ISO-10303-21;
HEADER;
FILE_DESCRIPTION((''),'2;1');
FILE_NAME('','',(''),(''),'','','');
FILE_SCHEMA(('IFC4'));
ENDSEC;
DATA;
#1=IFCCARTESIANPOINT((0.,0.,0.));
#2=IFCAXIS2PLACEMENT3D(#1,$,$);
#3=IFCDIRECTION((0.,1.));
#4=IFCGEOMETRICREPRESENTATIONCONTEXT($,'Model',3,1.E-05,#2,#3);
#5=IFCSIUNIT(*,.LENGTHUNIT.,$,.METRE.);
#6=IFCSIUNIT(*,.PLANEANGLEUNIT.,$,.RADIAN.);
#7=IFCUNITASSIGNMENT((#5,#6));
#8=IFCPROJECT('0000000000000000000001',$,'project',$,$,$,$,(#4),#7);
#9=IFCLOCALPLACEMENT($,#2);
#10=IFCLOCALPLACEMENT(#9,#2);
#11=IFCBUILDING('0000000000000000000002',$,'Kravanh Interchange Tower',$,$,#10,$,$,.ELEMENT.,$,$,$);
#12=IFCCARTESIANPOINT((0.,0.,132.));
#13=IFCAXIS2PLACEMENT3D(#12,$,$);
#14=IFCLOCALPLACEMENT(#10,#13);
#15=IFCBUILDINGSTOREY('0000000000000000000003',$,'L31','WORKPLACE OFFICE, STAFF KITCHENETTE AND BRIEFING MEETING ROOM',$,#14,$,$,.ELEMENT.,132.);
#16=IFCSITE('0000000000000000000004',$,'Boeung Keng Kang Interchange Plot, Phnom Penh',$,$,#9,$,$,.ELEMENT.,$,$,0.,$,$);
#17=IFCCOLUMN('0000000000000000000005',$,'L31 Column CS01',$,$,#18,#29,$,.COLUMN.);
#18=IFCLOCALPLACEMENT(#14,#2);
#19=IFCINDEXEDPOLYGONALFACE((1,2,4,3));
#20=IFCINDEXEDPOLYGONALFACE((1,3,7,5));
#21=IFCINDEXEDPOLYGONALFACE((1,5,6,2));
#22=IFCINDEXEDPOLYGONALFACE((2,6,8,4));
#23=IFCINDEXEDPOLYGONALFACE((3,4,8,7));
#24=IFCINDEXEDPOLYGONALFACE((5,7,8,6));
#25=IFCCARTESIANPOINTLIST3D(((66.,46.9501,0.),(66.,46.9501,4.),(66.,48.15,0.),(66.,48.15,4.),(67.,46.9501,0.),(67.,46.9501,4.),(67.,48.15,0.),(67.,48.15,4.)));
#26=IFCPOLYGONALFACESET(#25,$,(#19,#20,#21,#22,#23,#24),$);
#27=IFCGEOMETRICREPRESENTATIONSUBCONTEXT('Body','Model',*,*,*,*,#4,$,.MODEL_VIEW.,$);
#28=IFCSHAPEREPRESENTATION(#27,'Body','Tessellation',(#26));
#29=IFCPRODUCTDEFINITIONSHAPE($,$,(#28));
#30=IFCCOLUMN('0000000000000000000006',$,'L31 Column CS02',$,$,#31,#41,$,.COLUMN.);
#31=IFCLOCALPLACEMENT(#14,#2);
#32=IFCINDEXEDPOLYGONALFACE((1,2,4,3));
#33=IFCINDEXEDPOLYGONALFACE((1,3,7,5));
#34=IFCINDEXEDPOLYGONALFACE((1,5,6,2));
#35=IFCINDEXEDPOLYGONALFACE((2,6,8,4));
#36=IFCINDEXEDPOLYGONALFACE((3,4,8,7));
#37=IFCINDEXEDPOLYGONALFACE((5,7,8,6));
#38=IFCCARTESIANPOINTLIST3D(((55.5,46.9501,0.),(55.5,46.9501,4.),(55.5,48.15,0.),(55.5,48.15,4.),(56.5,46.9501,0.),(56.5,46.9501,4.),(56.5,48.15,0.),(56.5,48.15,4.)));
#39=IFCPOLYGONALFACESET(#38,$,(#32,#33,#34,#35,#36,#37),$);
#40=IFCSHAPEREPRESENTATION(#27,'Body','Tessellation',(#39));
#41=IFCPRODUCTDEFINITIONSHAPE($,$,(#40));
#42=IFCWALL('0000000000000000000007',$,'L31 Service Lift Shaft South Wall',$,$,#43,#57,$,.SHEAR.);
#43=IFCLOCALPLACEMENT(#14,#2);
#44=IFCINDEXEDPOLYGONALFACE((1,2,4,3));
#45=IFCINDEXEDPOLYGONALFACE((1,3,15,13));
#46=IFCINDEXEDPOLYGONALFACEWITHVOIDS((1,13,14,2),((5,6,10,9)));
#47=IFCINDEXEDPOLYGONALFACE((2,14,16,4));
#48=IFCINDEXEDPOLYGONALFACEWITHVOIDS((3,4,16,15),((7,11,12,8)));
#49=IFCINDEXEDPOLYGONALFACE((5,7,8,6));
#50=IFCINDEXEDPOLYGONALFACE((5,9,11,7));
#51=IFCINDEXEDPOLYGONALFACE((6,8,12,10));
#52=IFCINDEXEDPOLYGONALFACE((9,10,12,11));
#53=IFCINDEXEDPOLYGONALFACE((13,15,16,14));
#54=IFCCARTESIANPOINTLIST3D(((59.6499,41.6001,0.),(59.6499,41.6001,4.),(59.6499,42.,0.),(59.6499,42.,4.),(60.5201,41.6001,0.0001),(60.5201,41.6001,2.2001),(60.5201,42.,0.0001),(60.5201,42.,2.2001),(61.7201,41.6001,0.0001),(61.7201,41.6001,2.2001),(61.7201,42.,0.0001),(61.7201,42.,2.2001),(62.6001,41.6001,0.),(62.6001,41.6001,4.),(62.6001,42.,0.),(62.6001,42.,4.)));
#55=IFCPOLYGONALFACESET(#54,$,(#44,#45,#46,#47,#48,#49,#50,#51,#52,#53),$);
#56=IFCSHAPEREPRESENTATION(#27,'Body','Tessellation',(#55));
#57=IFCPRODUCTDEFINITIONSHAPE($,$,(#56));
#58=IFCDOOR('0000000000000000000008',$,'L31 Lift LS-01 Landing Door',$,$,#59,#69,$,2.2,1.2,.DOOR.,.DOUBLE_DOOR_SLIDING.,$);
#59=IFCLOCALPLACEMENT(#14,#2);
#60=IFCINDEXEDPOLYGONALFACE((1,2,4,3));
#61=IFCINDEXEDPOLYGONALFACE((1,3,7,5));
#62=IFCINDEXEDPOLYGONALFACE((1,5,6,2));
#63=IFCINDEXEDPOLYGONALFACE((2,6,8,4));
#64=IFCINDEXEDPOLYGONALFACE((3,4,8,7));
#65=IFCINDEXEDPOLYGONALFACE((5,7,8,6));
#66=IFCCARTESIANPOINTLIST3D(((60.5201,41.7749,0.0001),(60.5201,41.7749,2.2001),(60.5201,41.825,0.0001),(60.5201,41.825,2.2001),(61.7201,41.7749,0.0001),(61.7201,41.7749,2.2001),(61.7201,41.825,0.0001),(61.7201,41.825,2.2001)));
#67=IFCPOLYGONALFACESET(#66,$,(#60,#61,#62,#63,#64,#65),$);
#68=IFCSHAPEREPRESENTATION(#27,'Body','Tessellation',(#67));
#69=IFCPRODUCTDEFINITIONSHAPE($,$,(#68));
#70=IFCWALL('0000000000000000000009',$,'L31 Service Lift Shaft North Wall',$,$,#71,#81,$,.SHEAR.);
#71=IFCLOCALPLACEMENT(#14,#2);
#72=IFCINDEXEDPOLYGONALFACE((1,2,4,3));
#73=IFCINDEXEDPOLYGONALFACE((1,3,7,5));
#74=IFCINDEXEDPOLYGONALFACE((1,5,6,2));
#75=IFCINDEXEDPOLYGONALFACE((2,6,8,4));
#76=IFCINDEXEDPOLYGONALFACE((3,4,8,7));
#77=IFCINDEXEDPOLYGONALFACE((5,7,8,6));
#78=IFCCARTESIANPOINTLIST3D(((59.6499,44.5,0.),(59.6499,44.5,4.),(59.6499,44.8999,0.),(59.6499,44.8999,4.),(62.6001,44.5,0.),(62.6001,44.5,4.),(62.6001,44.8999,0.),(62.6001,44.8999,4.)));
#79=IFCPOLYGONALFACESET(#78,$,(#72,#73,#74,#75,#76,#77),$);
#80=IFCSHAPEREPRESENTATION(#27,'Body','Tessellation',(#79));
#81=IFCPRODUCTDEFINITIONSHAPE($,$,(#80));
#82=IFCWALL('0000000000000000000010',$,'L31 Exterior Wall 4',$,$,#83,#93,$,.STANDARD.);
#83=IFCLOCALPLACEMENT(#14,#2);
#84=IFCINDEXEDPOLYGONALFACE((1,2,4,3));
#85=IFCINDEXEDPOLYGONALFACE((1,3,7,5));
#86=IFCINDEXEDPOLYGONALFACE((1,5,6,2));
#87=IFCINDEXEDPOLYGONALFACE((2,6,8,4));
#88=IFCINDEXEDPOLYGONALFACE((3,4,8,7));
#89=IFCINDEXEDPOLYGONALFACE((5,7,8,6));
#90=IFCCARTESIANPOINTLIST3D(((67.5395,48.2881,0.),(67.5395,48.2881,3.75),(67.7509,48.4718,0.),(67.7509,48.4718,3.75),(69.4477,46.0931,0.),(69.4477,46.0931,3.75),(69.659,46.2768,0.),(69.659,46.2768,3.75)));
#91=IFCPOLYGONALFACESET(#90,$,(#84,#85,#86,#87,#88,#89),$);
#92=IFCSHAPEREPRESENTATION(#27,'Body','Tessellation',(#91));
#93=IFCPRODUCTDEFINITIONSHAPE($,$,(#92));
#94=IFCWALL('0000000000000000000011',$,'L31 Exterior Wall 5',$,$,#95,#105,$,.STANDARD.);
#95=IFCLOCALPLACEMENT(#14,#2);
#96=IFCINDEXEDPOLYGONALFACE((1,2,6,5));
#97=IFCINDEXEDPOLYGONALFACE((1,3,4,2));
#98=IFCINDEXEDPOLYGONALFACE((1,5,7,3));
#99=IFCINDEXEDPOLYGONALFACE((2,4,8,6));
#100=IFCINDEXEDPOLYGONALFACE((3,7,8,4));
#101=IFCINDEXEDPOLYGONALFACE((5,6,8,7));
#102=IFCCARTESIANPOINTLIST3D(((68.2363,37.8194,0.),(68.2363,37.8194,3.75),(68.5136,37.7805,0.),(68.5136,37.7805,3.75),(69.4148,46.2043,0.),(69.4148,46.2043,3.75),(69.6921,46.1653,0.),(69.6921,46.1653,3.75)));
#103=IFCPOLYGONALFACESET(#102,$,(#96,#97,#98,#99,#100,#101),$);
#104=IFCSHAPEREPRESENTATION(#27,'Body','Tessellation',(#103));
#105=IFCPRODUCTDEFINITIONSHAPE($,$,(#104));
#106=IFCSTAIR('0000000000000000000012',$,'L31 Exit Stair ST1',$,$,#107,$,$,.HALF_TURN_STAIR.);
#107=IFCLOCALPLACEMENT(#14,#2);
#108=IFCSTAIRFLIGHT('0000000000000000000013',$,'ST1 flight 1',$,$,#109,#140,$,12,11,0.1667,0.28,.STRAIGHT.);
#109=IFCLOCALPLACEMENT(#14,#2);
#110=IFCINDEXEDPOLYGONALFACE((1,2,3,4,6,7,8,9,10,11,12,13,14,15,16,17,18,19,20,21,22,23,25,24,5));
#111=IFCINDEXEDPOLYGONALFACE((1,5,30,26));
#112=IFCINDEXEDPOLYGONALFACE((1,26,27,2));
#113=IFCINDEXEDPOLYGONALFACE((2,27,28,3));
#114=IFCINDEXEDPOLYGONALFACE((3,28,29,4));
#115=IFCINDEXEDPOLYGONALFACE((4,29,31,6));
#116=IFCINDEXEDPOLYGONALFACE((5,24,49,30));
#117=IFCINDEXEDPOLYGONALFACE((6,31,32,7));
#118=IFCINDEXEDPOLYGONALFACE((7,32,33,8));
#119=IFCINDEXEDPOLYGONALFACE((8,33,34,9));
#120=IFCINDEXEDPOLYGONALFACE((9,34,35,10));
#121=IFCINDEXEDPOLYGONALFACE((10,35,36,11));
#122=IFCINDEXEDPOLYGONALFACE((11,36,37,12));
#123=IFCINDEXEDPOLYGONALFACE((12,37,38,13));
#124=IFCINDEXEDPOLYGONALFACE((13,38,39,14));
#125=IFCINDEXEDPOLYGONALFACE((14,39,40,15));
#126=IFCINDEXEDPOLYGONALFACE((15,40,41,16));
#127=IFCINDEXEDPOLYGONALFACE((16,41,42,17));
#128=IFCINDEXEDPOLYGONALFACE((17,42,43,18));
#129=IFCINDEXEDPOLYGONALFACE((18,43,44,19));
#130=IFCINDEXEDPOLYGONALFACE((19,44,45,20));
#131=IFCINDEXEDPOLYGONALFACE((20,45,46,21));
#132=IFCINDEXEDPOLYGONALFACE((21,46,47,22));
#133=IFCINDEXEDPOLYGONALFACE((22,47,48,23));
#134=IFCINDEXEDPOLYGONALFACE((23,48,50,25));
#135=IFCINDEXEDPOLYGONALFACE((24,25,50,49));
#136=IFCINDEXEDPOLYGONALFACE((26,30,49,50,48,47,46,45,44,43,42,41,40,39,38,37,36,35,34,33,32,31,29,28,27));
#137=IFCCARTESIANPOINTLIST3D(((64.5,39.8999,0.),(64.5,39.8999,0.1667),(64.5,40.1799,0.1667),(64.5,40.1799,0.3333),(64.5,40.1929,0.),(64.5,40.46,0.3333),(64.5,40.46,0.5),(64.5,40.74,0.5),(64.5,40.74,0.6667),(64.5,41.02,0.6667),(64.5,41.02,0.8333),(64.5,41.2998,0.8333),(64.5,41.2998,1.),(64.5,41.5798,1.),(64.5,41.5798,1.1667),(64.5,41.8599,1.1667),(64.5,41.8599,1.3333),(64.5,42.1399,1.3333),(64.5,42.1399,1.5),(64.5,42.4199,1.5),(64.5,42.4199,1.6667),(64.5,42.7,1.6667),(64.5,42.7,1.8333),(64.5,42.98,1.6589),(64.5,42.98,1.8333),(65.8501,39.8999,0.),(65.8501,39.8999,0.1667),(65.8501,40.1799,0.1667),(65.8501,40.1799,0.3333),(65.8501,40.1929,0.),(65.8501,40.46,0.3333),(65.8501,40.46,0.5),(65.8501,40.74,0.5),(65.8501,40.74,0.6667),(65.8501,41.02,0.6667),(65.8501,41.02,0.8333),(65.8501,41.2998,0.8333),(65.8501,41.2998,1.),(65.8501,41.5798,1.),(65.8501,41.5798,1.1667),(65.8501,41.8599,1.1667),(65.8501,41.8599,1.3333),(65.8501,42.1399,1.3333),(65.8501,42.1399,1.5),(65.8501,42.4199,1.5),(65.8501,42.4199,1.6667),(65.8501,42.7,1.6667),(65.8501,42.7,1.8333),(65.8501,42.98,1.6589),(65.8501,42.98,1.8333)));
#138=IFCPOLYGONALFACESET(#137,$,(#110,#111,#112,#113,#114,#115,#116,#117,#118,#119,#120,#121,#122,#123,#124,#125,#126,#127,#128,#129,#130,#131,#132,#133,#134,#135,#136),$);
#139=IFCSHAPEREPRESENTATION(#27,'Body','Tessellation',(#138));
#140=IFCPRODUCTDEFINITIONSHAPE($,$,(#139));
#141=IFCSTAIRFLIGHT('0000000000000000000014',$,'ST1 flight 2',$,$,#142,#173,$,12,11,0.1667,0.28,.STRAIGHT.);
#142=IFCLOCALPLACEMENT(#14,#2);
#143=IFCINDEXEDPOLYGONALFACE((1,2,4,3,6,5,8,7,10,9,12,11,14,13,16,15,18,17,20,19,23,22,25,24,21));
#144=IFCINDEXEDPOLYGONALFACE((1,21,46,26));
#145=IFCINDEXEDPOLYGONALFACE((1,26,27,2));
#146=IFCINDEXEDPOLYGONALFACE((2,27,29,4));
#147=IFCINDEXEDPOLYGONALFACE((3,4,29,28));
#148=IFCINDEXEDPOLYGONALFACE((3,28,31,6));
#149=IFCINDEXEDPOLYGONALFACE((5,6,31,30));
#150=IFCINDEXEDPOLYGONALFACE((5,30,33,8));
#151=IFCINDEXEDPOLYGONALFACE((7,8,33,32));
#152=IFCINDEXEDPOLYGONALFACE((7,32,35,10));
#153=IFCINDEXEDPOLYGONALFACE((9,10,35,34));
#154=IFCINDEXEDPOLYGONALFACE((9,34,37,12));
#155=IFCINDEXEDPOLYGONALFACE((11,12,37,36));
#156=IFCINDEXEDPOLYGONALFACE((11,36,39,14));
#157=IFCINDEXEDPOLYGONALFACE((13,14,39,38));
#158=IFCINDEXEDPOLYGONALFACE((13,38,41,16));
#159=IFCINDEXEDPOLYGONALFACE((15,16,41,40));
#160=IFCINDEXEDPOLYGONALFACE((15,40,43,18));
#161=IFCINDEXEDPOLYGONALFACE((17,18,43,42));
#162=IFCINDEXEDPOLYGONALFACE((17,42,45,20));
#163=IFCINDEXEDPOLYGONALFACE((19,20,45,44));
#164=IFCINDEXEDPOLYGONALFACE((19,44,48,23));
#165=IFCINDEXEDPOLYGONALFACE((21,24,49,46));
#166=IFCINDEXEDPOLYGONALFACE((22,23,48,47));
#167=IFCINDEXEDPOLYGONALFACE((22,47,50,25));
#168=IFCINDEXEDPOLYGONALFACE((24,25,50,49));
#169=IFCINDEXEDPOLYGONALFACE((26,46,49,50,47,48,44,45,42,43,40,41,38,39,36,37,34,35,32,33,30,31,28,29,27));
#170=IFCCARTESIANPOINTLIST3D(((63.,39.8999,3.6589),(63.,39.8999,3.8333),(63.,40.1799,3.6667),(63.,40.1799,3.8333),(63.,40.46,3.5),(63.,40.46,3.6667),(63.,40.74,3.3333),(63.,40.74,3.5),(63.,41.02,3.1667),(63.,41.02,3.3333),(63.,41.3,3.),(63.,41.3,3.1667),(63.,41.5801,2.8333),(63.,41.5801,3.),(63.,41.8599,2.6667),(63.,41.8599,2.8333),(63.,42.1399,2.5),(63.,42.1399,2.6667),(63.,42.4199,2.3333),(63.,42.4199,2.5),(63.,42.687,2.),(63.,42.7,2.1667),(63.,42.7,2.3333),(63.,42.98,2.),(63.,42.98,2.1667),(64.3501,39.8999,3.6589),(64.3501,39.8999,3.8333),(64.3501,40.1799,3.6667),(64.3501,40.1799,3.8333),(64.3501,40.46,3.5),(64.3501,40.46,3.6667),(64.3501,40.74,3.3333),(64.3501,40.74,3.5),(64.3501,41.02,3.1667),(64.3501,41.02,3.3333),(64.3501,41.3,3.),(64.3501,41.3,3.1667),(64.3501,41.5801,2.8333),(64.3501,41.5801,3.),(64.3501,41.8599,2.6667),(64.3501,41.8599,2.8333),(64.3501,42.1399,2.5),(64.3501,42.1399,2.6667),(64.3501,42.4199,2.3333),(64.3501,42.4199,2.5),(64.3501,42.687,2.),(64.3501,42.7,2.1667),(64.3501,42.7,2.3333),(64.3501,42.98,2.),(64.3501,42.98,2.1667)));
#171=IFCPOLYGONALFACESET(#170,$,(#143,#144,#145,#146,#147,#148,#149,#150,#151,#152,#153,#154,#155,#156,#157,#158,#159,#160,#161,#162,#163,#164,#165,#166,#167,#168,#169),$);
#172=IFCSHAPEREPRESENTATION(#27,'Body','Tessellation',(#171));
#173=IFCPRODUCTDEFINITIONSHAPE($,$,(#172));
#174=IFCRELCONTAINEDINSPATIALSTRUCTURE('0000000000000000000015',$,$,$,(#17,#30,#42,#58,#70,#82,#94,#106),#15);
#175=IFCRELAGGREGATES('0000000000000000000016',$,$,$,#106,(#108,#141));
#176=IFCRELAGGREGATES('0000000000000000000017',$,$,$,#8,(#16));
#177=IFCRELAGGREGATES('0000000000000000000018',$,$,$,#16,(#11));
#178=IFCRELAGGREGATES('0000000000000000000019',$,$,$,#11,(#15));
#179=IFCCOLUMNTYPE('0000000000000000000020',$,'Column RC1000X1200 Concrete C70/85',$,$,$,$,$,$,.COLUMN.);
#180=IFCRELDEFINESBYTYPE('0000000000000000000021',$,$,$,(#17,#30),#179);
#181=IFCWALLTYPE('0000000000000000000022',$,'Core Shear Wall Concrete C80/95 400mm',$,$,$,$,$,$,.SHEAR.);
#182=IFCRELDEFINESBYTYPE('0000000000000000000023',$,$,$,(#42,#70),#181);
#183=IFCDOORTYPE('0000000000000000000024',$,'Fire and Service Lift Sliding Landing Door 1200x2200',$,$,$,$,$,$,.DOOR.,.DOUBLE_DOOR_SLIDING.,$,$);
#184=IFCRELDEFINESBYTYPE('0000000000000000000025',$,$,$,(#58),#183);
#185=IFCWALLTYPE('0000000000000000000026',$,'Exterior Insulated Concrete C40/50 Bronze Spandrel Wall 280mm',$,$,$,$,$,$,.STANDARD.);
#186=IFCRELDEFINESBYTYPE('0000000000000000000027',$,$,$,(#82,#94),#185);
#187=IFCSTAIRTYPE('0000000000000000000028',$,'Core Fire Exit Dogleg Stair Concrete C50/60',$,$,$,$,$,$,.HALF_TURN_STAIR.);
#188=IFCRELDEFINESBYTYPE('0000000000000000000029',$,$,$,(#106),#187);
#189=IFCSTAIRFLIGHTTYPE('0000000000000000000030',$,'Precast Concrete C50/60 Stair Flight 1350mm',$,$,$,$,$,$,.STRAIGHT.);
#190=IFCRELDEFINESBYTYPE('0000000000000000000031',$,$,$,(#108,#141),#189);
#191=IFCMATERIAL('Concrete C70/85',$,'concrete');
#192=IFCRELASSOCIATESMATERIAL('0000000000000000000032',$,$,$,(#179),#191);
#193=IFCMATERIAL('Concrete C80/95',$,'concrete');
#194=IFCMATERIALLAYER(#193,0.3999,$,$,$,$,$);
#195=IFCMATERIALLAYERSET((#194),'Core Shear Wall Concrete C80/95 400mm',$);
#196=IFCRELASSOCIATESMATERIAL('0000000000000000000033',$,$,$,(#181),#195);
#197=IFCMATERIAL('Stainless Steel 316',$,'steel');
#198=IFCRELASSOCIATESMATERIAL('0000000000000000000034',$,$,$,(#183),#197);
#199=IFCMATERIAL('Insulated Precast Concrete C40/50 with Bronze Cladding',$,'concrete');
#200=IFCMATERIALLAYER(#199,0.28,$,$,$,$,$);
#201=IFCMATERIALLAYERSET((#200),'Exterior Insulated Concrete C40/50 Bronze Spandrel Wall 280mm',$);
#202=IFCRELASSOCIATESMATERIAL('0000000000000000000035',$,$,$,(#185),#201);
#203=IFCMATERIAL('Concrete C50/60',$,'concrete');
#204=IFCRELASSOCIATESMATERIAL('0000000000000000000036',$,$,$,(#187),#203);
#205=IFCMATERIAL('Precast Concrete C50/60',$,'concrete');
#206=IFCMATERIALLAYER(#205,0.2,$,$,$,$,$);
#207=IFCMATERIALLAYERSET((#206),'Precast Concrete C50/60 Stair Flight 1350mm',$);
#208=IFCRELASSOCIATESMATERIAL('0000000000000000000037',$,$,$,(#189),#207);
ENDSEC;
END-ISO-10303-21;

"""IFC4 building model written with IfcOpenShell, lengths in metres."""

from ifc_helpers import new_model, si_unit, direction, frame, frame_2d, origin, origin_2d, place, context, subcontext, project, spatial, polyline, rectangle, outline, extrude, material, layer, layer_set, material_profile, profile_set, type_object, element, fill, aggregate, save


model = new_model("IFC4")

# Units and contexts
model_context = context("Model", 3, precision=1e-05, world=origin(), true_north=direction((0.0, 1.0)))
body_context = subcontext(model_context, "Body", "Model", "MODEL_VIEW")
ifc_project = project(units=[si_unit("LENGTHUNIT", "METRE"), si_unit("PLANEANGLEUNIT", "RADIAN")], contexts=[model_context])

# Site, building, storey
site_placement = place(None, origin())
site = spatial("IfcSite", under=ifc_project, at=site_placement, Name="Boeung Keng Kang Interchange Plot, Phnom Penh", CompositionType="ELEMENT", RefElevation=0.0)
building_placement = place(site_placement, origin())
building = spatial("IfcBuilding", under=site, at=building_placement, Name="Kravanh Interchange Tower", CompositionType="ELEMENT")
storey_placement = place(building_placement, frame((0.0, 0.0, 132.0)))
storey = spatial("IfcBuildingStorey", under=building, at=storey_placement, Name="L31", Description="WORKPLACE OFFICE, STAFF KITCHENETTE AND BRIEFING MEETING ROOM", CompositionType="ELEMENT", Elevation=132.0)

# Columns
ifc_material_1 = material(Name="Concrete C70/85", Category="concrete")
ifc_material_profile = material_profile(ifc_material_1, rectangle(XDim=1.0, YDim=1.2, at=origin_2d()), Name="RC1000X1200")
ifc_profile_set = profile_set([ifc_material_profile], Name="Concrete C70/85")
column_type = type_object("IfcColumnType", Name="Column RC1000X1200 Concrete C70/85", PredefinedType="COLUMN", material=ifc_profile_set)
for number, where, z_axis, x_axis, name in (
    (1, (66.5, 47.55, 0.0), (0.0, 0.0, 1.0), (1.0, 0.0, 0.0), "L31 Column CS01"),
    (2, (56.0, 47.55, 0.0), (0.0, 0.0, 1.0), (1.0, 0.0, 0.0), "L31 Column CS02"),
):
    element("IfcColumn", number, at=place(storey_placement, frame(where, z_axis=z_axis, x_axis=x_axis)), inside=storey, type_object=column_type, Name=name, PredefinedType="COLUMN", context=body_context, shape_type="SweptSolid", body=[
        extrude(rectangle(XDim=1.0, YDim=1.2, at=origin_2d()), origin(), (0.0, 0.0, 1.0), 4.0),
    ])

# Wall, opening, door
ifc_material_2 = material(Name="Concrete C80/95", Category="concrete")
ifc_layer_1 = layer(ifc_material_2, 0.3999)
ifc_layer_set_1 = layer_set([ifc_layer_1], Name="Core Shear Wall Concrete C80/95 400mm")
wall_type_1 = type_object("IfcWallType", Name="Core Shear Wall Concrete C80/95 400mm", PredefinedType="SHEAR", material=ifc_layer_set_1)
wall_1_placement = place(storey_placement, frame((59.6499, 41.8, 0.0), z_axis=(0.0, 0.0, 1.0), x_axis=(1.0, 0.0, 0.0)))
wall_1 = element("IfcWall", 3, at=wall_1_placement, inside=storey, type_object=wall_type_1, Name="L31 Service Lift Shaft South Wall", PredefinedType="SHEAR", context=body_context, shape_type="SweptSolid", body=[
    extrude(rectangle(XDim=2.9502, YDim=0.3999, at=frame_2d((1.4751, 0.0))), origin(), (0.0, 0.0, 1.0), 4.0),
])
opening_placement = place(wall_1_placement, frame((0.8701, 0.0, 0.0)))
opening = element("IfcOpeningElement", 4, at=opening_placement, cuts=wall_1, PredefinedType="OPENING", context=body_context, shape_type="SweptSolid", body=[
    extrude(rectangle(XDim=1.2, YDim=2.2, at=frame_2d((0.6001, 1.1001))), frame((0.0, 0.21, 0.0), z_axis=(0.0, -1.0, 0.0), x_axis=(1.0, 0.0, 0.0)), (0.0, 0.0, 1.0), 0.4199),
])
ifc_material_3 = material(Name="Stainless Steel 316", Category="steel")
door_type = type_object("IfcDoorType", Name="Fire and Service Lift Sliding Landing Door 1200x2200", OperationType="DOUBLE_DOOR_SLIDING", PredefinedType="DOOR", material=ifc_material_3)
door_placement = place(opening_placement, origin())
door = element("IfcDoor", 5, at=door_placement, inside=storey, type_object=door_type, Name="L31 Lift LS-01 Landing Door", OperationType="DOUBLE_DOOR_SLIDING", OverallHeight=2.2, OverallWidth=1.2, PredefinedType="DOOR", context=body_context, shape_type="SweptSolid", body=[
    extrude(rectangle(XDim=1.2, YDim=2.2, at=frame_2d((0.6001, 1.1001))), frame((0.0, 0.0249, 0.0), z_axis=(0.0, -1.0, 0.0), x_axis=(1.0, 0.0, 0.0)), (0.0, 0.0, 1.0), 0.05),
])
fill(opening, door)

# Walls
wall_2_placement = place(storey_placement, frame((59.6499, 44.7, 0.0), z_axis=(0.0, 0.0, 1.0), x_axis=(1.0, 0.0, 0.0)))
element("IfcWall", 6, at=wall_2_placement, inside=storey, type_object=wall_type_1, Name="L31 Service Lift Shaft North Wall", PredefinedType="SHEAR", context=body_context, shape_type="SweptSolid", body=[
    extrude(rectangle(XDim=2.9502, YDim=0.3999, at=frame_2d((1.4751, 0.0))), origin(), (0.0, 0.0, 1.0), 4.0),
])
ifc_material_4 = material(Name="Insulated Precast Concrete C40/50 with Bronze Cladding", Category="concrete")
ifc_layer_2 = layer(ifc_material_4, 0.28)
ifc_layer_set_2 = layer_set([ifc_layer_2], Name="Exterior Insulated Concrete C40/50 Bronze Spandrel Wall 280mm")
wall_type_2 = type_object("IfcWallType", Name="Exterior Insulated Concrete C40/50 Bronze Spandrel Wall 280mm", PredefinedType="STANDARD", material=ifc_layer_set_2)
wall_3_placement = place(storey_placement, frame((67.6453, 48.3799, 0.0), z_axis=(0.0, 0.0, 1.0), x_axis=(0.656071, -0.754699, 0.0)))
element("IfcWall", 7, at=wall_3_placement, inside=storey, type_object=wall_type_2, Name="L31 Exterior Wall 4", PredefinedType="STANDARD", context=body_context, shape_type="SweptSolid", body=[
    extrude(rectangle(XDim=2.9084, YDim=0.28, at=frame_2d((1.4541, 0.0))), origin(), (0.0, 0.0, 1.0), 3.75),
])
wall_4_placement = place(storey_placement, frame((69.5535, 46.1848, 0.0), z_axis=(0.0, 0.0, 1.0), x_axis=(-0.139181, -0.990267, 0.0)))
element("IfcWall", 8, at=wall_4_placement, inside=storey, type_object=wall_type_2, Name="L31 Exterior Wall 5", PredefinedType="STANDARD", context=body_context, shape_type="SweptSolid", body=[
    extrude(rectangle(XDim=8.4673, YDim=0.28, at=frame_2d((4.2336, 0.0))), origin(), (0.0, 0.0, 1.0), 3.75),
])

# Stair, stair flights
ifc_material_5 = material(Name="Concrete C50/60", Category="concrete")
stair_type = type_object("IfcStairType", Name="Core Fire Exit Dogleg Stair Concrete C50/60", PredefinedType="HALF_TURN_STAIR", material=ifc_material_5)
stair_1_placement = place(storey_placement, origin())
stair_1 = element("IfcStair", 9, at=stair_1_placement, inside=storey, type_object=stair_type, Name="L31 Exit Stair ST1", PredefinedType="HALF_TURN_STAIR")
ifc_material_6 = material(Name="Precast Concrete C50/60", Category="concrete")
ifc_layer_3 = layer(ifc_material_6, 0.2)
ifc_layer_set_3 = layer_set([ifc_layer_3], Name="Precast Concrete C50/60 Stair Flight 1350mm")
stair_flight_type = type_object("IfcStairFlightType", Name="Precast Concrete C50/60 Stair Flight 1350mm", PredefinedType="STRAIGHT", material=ifc_layer_set_3)
stair_flight_1_placement = place(storey_placement, frame((65.175, 39.8999, 0.0), z_axis=(0.0, 0.0, 1.0), x_axis=(0.0, 1.0, 0.0)))
stair_flight_1 = element("IfcStairFlight", 10, at=stair_flight_1_placement, type_object=stair_flight_type, Name="ST1 flight 1", NumberOfRisers=12, NumberOfTreads=11, PredefinedType="STRAIGHT", RiserHeight=0.1667, TreadLength=0.28, context=body_context, shape_type="SweptSolid", body=[
    extrude(outline(polyline([(0.0, 0.0), (0.0, 0.1667), (0.28, 0.1667), (0.28, 0.3333), (0.5601, 0.3333), (0.5601, 0.5), (0.8401, 0.5), (0.8401, 0.6667), (1.1201, 0.6667), (1.1201, 0.8333), (1.3999, 0.8333), (1.3999, 1.0), (1.6799, 1.0), (1.6799, 1.1667), (1.96, 1.1667), (1.96, 1.3333), (2.24, 1.3333), (2.24, 1.5), (2.52, 1.5), (2.52, 1.6667), (2.8, 1.6667), (2.8, 1.8333), (3.0801, 1.8333), (3.0801, 2.0), (3.0801, 1.6589), (0.293, 0.0), (0.0, 0.0)])), frame((0.0, 0.675, 0.0), z_axis=(0.0, -1.0, 0.0), x_axis=(1.0, 0.0, 0.0)), (0.0, 0.0, 1.0), 1.3501),
])
stair_flight_2_placement = place(storey_placement, frame((63.675, 42.98, 2.0), z_axis=(0.0, 0.0, 1.0), x_axis=(0.0, -1.0, 0.0)))
stair_flight_2 = element("IfcStairFlight", 11, at=stair_flight_2_placement, type_object=stair_flight_type, Name="ST1 flight 2", NumberOfRisers=12, NumberOfTreads=11, PredefinedType="STRAIGHT", RiserHeight=0.1667, TreadLength=0.28, context=body_context, shape_type="SweptSolid", body=[
    extrude(outline(polyline([(0.0, 0.0), (0.0, 0.1667), (0.28, 0.1667), (0.28, 0.3333), (0.5601, 0.3333), (0.5601, 0.5), (0.8401, 0.5), (0.8401, 0.6667), (1.1201, 0.6667), (1.1201, 0.8333), (1.3999, 0.8333), (1.3999, 1.0), (1.6799, 1.0), (1.6799, 1.1667), (1.96, 1.1667), (1.96, 1.3333), (2.24, 1.3333), (2.24, 1.5), (2.52, 1.5), (2.52, 1.6667), (2.8, 1.6667), (2.8, 1.8333), (3.0801, 1.8333), (3.0801, 2.0), (3.0801, 1.6589), (0.293, 0.0), (0.0, 0.0)])), frame((0.0, 0.675, 0.0), z_axis=(0.0, -1.0, 0.0), x_axis=(1.0, 0.0, 0.0)), (0.0, 0.0, 1.0), 1.3501),
])
aggregate(stair_1, [stair_flight_1, stair_flight_2])

save(model, "model.ifc")
